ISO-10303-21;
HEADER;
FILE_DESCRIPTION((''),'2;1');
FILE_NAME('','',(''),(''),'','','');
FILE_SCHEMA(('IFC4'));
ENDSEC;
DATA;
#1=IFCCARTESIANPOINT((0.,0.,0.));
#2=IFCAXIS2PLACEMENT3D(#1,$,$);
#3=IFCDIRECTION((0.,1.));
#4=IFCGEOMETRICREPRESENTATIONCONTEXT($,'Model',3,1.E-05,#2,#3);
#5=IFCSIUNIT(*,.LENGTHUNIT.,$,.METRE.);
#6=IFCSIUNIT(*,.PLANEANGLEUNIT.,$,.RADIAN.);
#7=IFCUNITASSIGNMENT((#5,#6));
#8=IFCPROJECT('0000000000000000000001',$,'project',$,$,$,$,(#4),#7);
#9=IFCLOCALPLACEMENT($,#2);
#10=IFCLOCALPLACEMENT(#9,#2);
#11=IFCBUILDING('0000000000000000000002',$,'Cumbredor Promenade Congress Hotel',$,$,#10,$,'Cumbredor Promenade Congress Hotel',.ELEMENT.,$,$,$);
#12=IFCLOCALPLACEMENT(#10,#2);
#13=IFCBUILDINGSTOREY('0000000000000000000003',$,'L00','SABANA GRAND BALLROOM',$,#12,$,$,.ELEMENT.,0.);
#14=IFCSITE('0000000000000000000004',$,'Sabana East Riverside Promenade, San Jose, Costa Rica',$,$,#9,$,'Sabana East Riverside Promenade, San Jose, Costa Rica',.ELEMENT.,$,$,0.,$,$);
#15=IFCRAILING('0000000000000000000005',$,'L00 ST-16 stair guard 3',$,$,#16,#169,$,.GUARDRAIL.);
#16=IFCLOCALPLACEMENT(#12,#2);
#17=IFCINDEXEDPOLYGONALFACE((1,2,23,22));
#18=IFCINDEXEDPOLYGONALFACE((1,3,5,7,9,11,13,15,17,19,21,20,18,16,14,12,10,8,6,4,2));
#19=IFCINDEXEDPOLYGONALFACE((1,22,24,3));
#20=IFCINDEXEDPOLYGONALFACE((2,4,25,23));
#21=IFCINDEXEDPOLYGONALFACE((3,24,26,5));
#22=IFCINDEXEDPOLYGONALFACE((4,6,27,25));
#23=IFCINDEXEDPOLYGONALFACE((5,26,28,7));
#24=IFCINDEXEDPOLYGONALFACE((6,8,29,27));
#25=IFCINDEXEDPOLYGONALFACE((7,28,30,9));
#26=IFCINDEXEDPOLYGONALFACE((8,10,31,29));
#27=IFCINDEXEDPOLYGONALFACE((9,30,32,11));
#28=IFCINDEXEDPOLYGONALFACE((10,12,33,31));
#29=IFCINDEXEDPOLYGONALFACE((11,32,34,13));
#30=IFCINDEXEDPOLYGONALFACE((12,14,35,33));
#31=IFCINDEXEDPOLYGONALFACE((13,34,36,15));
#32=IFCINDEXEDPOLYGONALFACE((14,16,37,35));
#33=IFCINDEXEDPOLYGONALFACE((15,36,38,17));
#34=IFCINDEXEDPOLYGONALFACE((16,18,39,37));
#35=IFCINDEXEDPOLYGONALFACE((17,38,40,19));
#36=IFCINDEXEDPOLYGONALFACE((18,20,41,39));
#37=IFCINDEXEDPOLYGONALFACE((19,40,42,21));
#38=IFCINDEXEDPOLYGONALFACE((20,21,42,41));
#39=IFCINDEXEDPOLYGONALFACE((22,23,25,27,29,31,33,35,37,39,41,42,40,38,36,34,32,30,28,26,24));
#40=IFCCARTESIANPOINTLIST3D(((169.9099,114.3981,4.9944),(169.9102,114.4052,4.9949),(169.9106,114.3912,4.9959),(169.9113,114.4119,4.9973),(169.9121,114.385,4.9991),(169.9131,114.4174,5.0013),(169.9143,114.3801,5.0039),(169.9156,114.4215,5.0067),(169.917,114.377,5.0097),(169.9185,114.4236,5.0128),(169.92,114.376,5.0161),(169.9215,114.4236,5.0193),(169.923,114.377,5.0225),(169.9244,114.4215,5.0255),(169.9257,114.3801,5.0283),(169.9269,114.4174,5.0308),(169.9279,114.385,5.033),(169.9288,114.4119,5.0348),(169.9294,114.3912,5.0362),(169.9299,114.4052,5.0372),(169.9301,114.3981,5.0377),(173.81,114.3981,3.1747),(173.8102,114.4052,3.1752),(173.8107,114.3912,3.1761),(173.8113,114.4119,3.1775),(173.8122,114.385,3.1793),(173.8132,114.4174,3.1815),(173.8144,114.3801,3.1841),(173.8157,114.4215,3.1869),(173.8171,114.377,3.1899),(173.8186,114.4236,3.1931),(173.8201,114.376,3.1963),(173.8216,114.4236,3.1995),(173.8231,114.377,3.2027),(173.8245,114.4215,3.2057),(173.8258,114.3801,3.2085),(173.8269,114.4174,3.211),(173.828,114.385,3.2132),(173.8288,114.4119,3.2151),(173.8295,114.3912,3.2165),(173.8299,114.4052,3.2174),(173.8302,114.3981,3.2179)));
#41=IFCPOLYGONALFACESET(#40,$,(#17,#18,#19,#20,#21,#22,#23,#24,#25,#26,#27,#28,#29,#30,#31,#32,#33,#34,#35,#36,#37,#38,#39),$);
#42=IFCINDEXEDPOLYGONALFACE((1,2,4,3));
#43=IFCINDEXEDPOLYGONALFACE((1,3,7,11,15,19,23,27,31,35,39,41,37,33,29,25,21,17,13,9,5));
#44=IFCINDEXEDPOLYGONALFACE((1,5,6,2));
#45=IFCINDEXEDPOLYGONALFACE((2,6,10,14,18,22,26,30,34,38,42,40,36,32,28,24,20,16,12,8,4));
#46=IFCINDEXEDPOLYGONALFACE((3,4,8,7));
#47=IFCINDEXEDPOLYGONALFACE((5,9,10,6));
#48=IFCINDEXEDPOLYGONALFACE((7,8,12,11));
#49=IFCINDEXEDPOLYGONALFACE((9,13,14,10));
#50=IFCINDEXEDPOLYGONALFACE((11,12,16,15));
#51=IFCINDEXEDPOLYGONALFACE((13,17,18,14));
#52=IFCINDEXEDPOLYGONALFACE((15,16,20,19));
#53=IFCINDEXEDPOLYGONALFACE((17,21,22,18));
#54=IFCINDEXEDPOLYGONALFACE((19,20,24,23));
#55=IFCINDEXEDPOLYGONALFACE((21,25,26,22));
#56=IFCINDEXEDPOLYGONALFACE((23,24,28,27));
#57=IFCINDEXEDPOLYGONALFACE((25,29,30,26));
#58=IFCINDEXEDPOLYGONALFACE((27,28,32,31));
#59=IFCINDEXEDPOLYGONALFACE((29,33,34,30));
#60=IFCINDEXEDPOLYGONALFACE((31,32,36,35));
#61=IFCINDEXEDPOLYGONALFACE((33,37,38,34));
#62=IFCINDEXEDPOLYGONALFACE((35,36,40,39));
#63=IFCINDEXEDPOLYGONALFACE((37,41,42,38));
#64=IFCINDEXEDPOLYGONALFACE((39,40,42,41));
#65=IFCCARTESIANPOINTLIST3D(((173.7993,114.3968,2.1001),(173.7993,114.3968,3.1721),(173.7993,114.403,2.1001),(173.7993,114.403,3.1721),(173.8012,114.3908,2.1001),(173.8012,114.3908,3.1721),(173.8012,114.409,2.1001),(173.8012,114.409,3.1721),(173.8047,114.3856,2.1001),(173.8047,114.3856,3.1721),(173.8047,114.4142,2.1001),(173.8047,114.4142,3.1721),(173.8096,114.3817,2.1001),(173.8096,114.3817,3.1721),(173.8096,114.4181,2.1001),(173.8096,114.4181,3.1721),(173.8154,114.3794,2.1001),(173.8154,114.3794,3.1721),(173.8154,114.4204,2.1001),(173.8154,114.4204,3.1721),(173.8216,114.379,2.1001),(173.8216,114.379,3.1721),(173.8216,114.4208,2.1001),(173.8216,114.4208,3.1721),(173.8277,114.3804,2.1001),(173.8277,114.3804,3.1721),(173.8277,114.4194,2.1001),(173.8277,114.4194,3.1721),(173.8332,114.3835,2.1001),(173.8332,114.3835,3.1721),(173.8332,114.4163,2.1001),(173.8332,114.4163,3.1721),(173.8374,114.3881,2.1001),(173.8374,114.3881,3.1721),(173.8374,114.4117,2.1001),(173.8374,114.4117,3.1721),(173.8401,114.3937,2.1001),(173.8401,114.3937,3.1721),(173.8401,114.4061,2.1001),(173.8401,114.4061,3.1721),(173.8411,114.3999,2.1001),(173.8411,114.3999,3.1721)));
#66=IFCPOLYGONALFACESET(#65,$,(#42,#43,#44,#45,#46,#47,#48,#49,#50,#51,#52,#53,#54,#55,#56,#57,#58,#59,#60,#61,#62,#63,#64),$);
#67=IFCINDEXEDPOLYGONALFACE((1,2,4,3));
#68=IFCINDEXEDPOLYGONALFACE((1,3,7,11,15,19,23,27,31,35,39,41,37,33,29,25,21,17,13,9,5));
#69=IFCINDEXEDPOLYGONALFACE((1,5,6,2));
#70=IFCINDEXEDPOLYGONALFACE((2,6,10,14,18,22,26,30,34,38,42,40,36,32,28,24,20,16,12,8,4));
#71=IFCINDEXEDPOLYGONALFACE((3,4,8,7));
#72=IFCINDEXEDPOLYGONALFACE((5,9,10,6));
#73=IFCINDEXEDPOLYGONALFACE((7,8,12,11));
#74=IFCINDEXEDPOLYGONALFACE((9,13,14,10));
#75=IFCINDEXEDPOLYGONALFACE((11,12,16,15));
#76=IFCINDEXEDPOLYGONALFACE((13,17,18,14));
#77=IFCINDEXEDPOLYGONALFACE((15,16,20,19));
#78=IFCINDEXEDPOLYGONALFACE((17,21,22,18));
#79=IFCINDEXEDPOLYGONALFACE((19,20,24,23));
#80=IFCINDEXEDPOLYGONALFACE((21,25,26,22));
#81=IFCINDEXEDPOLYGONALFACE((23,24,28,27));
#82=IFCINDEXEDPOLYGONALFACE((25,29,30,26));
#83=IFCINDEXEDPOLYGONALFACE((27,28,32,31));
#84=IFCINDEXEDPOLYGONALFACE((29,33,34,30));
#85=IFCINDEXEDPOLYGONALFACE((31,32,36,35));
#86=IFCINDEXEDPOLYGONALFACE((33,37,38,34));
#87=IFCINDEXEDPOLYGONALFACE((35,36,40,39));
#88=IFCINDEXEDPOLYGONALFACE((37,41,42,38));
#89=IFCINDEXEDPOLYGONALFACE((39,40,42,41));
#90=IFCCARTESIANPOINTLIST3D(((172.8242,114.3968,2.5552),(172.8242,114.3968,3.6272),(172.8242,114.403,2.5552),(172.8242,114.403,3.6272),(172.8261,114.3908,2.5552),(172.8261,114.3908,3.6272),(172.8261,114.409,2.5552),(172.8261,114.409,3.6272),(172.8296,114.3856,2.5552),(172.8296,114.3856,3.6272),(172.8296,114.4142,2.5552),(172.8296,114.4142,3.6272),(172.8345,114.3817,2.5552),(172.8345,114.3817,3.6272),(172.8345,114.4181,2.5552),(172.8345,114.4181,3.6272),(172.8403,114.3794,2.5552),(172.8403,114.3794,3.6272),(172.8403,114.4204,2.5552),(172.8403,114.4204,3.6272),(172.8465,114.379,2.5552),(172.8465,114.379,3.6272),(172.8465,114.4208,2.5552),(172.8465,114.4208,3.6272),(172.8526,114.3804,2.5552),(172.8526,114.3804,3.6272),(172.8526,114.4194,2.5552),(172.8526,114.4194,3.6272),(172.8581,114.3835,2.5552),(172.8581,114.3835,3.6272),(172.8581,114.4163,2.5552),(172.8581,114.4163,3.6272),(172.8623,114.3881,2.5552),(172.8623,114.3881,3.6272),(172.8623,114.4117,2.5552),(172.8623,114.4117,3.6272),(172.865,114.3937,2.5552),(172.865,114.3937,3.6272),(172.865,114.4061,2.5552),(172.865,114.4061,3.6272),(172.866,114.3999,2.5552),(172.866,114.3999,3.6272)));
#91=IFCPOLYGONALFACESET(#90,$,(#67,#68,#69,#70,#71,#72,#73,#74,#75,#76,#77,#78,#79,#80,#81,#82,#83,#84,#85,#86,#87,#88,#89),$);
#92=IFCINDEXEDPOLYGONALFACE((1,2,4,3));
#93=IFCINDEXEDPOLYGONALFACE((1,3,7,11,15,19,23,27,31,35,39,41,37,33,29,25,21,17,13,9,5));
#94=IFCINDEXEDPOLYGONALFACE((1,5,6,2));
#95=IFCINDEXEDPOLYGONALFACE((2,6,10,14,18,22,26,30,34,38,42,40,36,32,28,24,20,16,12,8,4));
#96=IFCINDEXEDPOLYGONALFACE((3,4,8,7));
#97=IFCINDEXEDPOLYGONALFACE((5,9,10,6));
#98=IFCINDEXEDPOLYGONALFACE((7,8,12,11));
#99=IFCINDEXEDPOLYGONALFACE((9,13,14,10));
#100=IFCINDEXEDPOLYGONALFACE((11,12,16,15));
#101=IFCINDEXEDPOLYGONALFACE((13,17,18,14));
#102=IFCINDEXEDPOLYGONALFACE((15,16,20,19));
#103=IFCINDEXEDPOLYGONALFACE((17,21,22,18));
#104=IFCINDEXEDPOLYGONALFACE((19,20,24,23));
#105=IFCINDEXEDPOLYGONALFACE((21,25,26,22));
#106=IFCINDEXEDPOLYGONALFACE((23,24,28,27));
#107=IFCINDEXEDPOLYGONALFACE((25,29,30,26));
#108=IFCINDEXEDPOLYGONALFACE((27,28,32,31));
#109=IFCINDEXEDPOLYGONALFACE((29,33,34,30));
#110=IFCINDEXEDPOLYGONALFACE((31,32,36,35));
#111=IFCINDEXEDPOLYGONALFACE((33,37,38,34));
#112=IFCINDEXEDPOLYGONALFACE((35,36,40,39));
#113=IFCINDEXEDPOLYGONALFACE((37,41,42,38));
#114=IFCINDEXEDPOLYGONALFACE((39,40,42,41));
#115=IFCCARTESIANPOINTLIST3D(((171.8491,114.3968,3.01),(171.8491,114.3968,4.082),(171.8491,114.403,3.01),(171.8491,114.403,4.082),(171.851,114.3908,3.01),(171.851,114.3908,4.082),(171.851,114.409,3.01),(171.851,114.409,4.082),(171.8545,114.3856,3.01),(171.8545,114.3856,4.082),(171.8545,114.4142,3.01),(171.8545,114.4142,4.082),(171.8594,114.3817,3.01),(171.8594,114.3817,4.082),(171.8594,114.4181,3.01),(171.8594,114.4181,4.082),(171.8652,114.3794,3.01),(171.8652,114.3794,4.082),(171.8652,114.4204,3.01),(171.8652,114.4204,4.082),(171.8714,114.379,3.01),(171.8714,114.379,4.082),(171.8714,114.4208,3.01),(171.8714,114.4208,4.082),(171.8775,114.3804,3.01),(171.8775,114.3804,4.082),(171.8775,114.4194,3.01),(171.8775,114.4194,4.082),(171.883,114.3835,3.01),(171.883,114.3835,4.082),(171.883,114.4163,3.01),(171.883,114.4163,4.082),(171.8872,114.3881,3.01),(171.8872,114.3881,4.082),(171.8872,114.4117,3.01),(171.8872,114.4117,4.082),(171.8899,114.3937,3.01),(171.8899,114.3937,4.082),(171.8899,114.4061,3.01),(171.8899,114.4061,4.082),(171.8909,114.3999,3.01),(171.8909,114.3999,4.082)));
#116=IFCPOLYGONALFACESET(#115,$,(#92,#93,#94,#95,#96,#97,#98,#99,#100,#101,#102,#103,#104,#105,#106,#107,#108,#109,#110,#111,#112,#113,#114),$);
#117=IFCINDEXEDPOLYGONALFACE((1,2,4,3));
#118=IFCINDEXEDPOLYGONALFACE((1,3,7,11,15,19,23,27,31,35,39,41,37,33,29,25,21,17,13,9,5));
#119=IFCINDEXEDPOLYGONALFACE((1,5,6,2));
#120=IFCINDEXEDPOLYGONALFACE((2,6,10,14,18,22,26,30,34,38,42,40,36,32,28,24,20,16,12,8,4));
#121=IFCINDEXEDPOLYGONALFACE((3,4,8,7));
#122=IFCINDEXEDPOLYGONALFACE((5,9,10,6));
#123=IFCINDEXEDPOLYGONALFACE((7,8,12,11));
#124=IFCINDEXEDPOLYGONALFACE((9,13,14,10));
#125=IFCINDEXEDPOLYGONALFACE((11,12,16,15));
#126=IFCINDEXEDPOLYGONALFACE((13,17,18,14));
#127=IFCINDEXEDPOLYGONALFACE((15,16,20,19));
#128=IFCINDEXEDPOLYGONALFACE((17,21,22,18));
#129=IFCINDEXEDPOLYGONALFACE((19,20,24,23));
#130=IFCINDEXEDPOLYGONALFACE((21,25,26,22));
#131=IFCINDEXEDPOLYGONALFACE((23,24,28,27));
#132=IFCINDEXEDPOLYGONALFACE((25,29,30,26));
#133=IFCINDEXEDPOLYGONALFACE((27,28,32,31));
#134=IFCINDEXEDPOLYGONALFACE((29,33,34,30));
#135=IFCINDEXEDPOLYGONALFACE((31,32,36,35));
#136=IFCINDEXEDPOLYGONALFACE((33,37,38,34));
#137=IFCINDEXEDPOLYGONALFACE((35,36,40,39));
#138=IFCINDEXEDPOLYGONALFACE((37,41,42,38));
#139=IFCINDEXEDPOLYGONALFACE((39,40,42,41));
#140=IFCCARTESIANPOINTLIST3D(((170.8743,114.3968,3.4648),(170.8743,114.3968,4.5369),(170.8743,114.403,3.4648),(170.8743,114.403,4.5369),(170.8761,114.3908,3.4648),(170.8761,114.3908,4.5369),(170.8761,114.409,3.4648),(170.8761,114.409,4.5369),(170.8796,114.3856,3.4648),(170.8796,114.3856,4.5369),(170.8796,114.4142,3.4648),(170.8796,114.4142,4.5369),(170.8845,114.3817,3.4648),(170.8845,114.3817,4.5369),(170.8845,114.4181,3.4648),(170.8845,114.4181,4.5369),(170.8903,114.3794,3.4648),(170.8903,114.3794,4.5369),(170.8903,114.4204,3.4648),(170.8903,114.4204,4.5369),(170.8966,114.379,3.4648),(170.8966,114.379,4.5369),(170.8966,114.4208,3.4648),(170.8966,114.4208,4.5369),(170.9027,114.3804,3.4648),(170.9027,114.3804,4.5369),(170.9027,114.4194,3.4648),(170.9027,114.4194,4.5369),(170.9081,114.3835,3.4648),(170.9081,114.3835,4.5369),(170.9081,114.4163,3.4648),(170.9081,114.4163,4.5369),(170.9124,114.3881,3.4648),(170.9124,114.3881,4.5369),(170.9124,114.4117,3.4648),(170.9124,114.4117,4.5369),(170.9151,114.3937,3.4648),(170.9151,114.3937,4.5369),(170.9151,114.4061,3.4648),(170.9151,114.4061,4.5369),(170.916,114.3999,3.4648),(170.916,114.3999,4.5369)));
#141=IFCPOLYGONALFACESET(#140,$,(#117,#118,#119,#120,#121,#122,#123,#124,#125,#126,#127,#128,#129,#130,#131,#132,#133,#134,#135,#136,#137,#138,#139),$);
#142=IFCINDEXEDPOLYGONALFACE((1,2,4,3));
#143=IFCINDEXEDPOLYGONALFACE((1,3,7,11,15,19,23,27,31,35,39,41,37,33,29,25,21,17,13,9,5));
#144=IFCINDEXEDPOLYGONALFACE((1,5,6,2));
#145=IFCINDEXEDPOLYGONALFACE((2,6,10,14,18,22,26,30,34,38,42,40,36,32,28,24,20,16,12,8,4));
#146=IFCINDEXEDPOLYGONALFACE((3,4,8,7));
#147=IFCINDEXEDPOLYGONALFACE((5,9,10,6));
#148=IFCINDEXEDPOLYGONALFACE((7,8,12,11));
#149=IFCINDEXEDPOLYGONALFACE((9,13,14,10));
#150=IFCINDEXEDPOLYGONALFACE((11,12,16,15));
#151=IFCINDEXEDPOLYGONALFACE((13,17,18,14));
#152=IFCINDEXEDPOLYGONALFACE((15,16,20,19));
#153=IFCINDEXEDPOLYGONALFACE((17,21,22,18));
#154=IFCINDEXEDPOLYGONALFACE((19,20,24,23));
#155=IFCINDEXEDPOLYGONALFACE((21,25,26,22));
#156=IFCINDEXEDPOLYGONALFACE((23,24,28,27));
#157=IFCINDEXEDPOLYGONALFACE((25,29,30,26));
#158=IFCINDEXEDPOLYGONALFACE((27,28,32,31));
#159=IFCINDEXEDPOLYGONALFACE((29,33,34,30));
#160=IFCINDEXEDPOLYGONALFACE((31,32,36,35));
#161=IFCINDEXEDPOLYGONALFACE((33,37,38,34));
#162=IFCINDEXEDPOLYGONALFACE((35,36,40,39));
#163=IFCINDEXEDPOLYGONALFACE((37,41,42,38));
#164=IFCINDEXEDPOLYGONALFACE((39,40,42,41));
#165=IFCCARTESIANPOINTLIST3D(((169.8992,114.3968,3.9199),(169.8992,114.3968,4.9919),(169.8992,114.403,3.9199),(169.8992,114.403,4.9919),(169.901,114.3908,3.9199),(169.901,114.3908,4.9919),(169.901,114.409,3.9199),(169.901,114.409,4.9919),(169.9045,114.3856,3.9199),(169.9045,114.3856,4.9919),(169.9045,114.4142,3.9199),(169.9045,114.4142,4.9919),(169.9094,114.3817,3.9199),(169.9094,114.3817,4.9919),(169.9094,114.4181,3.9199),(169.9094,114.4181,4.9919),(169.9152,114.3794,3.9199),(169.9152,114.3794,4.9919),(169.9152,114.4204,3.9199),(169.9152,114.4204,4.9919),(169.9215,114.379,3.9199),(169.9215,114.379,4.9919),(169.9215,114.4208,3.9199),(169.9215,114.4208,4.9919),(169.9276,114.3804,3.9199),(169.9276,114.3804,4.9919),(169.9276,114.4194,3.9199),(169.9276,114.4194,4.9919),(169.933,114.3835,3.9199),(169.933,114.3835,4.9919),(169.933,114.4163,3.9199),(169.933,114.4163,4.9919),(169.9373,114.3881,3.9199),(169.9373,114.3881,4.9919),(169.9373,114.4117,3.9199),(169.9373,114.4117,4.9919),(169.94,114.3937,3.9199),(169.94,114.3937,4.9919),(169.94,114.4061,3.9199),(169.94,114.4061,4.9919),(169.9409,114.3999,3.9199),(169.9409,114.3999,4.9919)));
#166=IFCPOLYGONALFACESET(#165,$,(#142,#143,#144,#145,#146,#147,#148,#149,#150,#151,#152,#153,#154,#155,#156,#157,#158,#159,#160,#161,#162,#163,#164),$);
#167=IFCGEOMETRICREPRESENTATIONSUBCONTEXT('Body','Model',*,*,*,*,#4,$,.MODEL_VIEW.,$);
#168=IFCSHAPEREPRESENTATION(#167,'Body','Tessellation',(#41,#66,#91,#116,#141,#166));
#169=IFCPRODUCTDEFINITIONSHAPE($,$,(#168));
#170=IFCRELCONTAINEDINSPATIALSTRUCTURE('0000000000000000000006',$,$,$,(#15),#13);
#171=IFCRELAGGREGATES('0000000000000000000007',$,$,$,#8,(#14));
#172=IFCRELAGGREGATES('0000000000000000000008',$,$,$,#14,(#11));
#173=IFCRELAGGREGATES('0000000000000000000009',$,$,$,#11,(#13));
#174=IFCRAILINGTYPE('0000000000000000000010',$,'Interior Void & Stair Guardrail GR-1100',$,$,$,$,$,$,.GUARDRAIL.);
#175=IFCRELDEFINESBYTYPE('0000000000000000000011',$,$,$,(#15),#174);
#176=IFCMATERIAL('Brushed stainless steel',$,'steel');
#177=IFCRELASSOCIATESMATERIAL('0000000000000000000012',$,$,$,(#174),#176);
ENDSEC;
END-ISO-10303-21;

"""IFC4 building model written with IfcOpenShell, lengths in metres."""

from ifc_helpers import new_model, si_unit, direction, frame, origin, origin_2d, place, context, subcontext, project, spatial, circle, extrude, material, type_object, element, save


model = new_model("IFC4")

# Units and contexts
model_context = context("Model", 3, precision=1e-05, world=origin(), true_north=direction((0.0, 1.0)))
body_context = subcontext(model_context, "Body", "Model", "MODEL_VIEW")
ifc_project = project(units=[si_unit("LENGTHUNIT", "METRE"), si_unit("PLANEANGLEUNIT", "RADIAN")], contexts=[model_context])

# Site, building, storey
site_placement = place(None, origin())
site = spatial("IfcSite", under=ifc_project, at=site_placement, Name="Sabana East Riverside Promenade, San Jose, Costa Rica", LongName="Sabana East Riverside Promenade, San Jose, Costa Rica", CompositionType="ELEMENT", RefElevation=0.0)
building_placement = place(site_placement, origin())
building = spatial("IfcBuilding", under=site, at=building_placement, Name="Cumbredor Promenade Congress Hotel", LongName="Cumbredor Promenade Congress Hotel", CompositionType="ELEMENT")
storey_placement = place(building_placement, origin())
storey = spatial("IfcBuildingStorey", under=building, at=storey_placement, Name="L00", Description="SABANA GRAND BALLROOM", CompositionType="ELEMENT", Elevation=0.0)

# Railing
ifc_material_1 = material(Name="Brushed stainless steel", Category="steel")
railing_type_1 = type_object("IfcRailingType", Name="Interior Void & Stair Guardrail GR-1100", PredefinedType="GUARDRAIL", material=ifc_material_1)
railing_1_placement = place(storey_placement, frame((173.8201, 114.3999, 2.1001)))
element("IfcRailing", 1, at=railing_1_placement, inside=storey, type_object=railing_type_1, Name="L00 ST-16 stair guard 3", PredefinedType="GUARDRAIL", context=body_context, shape_type="SweptSolid", body=[
    extrude(circle(Radius=0.0239, at=origin_2d()), frame((0.0, 0.0, 1.0962), z_axis=(-0.906205, 0.0, 0.422839), x_axis=(0.0, -1.0, 0.0)), (0.0, 0.0, 1.0), 4.3037),
    extrude(circle(Radius=0.021, at=origin_2d()), origin(), (0.0, 0.0, 1.0), 1.072),
    extrude(circle(Radius=0.021, at=origin_2d()), frame((-0.9751, 0.0, 0.4551)), (0.0, 0.0, 1.0), 1.072),
    extrude(circle(Radius=0.021, at=origin_2d()), frame((-1.9502, 0.0, 0.9099)), (0.0, 0.0, 1.0), 1.072),
    extrude(circle(Radius=0.021, at=origin_2d()), frame((-2.925, 0.0, 1.3647)), (0.0, 0.0, 1.0), 1.072),
    extrude(circle(Radius=0.021, at=origin_2d()), frame((-3.9001, 0.0, 1.8198)), (0.0, 0.0, 1.0), 1.072),
])

save(model, "model.ifc")
